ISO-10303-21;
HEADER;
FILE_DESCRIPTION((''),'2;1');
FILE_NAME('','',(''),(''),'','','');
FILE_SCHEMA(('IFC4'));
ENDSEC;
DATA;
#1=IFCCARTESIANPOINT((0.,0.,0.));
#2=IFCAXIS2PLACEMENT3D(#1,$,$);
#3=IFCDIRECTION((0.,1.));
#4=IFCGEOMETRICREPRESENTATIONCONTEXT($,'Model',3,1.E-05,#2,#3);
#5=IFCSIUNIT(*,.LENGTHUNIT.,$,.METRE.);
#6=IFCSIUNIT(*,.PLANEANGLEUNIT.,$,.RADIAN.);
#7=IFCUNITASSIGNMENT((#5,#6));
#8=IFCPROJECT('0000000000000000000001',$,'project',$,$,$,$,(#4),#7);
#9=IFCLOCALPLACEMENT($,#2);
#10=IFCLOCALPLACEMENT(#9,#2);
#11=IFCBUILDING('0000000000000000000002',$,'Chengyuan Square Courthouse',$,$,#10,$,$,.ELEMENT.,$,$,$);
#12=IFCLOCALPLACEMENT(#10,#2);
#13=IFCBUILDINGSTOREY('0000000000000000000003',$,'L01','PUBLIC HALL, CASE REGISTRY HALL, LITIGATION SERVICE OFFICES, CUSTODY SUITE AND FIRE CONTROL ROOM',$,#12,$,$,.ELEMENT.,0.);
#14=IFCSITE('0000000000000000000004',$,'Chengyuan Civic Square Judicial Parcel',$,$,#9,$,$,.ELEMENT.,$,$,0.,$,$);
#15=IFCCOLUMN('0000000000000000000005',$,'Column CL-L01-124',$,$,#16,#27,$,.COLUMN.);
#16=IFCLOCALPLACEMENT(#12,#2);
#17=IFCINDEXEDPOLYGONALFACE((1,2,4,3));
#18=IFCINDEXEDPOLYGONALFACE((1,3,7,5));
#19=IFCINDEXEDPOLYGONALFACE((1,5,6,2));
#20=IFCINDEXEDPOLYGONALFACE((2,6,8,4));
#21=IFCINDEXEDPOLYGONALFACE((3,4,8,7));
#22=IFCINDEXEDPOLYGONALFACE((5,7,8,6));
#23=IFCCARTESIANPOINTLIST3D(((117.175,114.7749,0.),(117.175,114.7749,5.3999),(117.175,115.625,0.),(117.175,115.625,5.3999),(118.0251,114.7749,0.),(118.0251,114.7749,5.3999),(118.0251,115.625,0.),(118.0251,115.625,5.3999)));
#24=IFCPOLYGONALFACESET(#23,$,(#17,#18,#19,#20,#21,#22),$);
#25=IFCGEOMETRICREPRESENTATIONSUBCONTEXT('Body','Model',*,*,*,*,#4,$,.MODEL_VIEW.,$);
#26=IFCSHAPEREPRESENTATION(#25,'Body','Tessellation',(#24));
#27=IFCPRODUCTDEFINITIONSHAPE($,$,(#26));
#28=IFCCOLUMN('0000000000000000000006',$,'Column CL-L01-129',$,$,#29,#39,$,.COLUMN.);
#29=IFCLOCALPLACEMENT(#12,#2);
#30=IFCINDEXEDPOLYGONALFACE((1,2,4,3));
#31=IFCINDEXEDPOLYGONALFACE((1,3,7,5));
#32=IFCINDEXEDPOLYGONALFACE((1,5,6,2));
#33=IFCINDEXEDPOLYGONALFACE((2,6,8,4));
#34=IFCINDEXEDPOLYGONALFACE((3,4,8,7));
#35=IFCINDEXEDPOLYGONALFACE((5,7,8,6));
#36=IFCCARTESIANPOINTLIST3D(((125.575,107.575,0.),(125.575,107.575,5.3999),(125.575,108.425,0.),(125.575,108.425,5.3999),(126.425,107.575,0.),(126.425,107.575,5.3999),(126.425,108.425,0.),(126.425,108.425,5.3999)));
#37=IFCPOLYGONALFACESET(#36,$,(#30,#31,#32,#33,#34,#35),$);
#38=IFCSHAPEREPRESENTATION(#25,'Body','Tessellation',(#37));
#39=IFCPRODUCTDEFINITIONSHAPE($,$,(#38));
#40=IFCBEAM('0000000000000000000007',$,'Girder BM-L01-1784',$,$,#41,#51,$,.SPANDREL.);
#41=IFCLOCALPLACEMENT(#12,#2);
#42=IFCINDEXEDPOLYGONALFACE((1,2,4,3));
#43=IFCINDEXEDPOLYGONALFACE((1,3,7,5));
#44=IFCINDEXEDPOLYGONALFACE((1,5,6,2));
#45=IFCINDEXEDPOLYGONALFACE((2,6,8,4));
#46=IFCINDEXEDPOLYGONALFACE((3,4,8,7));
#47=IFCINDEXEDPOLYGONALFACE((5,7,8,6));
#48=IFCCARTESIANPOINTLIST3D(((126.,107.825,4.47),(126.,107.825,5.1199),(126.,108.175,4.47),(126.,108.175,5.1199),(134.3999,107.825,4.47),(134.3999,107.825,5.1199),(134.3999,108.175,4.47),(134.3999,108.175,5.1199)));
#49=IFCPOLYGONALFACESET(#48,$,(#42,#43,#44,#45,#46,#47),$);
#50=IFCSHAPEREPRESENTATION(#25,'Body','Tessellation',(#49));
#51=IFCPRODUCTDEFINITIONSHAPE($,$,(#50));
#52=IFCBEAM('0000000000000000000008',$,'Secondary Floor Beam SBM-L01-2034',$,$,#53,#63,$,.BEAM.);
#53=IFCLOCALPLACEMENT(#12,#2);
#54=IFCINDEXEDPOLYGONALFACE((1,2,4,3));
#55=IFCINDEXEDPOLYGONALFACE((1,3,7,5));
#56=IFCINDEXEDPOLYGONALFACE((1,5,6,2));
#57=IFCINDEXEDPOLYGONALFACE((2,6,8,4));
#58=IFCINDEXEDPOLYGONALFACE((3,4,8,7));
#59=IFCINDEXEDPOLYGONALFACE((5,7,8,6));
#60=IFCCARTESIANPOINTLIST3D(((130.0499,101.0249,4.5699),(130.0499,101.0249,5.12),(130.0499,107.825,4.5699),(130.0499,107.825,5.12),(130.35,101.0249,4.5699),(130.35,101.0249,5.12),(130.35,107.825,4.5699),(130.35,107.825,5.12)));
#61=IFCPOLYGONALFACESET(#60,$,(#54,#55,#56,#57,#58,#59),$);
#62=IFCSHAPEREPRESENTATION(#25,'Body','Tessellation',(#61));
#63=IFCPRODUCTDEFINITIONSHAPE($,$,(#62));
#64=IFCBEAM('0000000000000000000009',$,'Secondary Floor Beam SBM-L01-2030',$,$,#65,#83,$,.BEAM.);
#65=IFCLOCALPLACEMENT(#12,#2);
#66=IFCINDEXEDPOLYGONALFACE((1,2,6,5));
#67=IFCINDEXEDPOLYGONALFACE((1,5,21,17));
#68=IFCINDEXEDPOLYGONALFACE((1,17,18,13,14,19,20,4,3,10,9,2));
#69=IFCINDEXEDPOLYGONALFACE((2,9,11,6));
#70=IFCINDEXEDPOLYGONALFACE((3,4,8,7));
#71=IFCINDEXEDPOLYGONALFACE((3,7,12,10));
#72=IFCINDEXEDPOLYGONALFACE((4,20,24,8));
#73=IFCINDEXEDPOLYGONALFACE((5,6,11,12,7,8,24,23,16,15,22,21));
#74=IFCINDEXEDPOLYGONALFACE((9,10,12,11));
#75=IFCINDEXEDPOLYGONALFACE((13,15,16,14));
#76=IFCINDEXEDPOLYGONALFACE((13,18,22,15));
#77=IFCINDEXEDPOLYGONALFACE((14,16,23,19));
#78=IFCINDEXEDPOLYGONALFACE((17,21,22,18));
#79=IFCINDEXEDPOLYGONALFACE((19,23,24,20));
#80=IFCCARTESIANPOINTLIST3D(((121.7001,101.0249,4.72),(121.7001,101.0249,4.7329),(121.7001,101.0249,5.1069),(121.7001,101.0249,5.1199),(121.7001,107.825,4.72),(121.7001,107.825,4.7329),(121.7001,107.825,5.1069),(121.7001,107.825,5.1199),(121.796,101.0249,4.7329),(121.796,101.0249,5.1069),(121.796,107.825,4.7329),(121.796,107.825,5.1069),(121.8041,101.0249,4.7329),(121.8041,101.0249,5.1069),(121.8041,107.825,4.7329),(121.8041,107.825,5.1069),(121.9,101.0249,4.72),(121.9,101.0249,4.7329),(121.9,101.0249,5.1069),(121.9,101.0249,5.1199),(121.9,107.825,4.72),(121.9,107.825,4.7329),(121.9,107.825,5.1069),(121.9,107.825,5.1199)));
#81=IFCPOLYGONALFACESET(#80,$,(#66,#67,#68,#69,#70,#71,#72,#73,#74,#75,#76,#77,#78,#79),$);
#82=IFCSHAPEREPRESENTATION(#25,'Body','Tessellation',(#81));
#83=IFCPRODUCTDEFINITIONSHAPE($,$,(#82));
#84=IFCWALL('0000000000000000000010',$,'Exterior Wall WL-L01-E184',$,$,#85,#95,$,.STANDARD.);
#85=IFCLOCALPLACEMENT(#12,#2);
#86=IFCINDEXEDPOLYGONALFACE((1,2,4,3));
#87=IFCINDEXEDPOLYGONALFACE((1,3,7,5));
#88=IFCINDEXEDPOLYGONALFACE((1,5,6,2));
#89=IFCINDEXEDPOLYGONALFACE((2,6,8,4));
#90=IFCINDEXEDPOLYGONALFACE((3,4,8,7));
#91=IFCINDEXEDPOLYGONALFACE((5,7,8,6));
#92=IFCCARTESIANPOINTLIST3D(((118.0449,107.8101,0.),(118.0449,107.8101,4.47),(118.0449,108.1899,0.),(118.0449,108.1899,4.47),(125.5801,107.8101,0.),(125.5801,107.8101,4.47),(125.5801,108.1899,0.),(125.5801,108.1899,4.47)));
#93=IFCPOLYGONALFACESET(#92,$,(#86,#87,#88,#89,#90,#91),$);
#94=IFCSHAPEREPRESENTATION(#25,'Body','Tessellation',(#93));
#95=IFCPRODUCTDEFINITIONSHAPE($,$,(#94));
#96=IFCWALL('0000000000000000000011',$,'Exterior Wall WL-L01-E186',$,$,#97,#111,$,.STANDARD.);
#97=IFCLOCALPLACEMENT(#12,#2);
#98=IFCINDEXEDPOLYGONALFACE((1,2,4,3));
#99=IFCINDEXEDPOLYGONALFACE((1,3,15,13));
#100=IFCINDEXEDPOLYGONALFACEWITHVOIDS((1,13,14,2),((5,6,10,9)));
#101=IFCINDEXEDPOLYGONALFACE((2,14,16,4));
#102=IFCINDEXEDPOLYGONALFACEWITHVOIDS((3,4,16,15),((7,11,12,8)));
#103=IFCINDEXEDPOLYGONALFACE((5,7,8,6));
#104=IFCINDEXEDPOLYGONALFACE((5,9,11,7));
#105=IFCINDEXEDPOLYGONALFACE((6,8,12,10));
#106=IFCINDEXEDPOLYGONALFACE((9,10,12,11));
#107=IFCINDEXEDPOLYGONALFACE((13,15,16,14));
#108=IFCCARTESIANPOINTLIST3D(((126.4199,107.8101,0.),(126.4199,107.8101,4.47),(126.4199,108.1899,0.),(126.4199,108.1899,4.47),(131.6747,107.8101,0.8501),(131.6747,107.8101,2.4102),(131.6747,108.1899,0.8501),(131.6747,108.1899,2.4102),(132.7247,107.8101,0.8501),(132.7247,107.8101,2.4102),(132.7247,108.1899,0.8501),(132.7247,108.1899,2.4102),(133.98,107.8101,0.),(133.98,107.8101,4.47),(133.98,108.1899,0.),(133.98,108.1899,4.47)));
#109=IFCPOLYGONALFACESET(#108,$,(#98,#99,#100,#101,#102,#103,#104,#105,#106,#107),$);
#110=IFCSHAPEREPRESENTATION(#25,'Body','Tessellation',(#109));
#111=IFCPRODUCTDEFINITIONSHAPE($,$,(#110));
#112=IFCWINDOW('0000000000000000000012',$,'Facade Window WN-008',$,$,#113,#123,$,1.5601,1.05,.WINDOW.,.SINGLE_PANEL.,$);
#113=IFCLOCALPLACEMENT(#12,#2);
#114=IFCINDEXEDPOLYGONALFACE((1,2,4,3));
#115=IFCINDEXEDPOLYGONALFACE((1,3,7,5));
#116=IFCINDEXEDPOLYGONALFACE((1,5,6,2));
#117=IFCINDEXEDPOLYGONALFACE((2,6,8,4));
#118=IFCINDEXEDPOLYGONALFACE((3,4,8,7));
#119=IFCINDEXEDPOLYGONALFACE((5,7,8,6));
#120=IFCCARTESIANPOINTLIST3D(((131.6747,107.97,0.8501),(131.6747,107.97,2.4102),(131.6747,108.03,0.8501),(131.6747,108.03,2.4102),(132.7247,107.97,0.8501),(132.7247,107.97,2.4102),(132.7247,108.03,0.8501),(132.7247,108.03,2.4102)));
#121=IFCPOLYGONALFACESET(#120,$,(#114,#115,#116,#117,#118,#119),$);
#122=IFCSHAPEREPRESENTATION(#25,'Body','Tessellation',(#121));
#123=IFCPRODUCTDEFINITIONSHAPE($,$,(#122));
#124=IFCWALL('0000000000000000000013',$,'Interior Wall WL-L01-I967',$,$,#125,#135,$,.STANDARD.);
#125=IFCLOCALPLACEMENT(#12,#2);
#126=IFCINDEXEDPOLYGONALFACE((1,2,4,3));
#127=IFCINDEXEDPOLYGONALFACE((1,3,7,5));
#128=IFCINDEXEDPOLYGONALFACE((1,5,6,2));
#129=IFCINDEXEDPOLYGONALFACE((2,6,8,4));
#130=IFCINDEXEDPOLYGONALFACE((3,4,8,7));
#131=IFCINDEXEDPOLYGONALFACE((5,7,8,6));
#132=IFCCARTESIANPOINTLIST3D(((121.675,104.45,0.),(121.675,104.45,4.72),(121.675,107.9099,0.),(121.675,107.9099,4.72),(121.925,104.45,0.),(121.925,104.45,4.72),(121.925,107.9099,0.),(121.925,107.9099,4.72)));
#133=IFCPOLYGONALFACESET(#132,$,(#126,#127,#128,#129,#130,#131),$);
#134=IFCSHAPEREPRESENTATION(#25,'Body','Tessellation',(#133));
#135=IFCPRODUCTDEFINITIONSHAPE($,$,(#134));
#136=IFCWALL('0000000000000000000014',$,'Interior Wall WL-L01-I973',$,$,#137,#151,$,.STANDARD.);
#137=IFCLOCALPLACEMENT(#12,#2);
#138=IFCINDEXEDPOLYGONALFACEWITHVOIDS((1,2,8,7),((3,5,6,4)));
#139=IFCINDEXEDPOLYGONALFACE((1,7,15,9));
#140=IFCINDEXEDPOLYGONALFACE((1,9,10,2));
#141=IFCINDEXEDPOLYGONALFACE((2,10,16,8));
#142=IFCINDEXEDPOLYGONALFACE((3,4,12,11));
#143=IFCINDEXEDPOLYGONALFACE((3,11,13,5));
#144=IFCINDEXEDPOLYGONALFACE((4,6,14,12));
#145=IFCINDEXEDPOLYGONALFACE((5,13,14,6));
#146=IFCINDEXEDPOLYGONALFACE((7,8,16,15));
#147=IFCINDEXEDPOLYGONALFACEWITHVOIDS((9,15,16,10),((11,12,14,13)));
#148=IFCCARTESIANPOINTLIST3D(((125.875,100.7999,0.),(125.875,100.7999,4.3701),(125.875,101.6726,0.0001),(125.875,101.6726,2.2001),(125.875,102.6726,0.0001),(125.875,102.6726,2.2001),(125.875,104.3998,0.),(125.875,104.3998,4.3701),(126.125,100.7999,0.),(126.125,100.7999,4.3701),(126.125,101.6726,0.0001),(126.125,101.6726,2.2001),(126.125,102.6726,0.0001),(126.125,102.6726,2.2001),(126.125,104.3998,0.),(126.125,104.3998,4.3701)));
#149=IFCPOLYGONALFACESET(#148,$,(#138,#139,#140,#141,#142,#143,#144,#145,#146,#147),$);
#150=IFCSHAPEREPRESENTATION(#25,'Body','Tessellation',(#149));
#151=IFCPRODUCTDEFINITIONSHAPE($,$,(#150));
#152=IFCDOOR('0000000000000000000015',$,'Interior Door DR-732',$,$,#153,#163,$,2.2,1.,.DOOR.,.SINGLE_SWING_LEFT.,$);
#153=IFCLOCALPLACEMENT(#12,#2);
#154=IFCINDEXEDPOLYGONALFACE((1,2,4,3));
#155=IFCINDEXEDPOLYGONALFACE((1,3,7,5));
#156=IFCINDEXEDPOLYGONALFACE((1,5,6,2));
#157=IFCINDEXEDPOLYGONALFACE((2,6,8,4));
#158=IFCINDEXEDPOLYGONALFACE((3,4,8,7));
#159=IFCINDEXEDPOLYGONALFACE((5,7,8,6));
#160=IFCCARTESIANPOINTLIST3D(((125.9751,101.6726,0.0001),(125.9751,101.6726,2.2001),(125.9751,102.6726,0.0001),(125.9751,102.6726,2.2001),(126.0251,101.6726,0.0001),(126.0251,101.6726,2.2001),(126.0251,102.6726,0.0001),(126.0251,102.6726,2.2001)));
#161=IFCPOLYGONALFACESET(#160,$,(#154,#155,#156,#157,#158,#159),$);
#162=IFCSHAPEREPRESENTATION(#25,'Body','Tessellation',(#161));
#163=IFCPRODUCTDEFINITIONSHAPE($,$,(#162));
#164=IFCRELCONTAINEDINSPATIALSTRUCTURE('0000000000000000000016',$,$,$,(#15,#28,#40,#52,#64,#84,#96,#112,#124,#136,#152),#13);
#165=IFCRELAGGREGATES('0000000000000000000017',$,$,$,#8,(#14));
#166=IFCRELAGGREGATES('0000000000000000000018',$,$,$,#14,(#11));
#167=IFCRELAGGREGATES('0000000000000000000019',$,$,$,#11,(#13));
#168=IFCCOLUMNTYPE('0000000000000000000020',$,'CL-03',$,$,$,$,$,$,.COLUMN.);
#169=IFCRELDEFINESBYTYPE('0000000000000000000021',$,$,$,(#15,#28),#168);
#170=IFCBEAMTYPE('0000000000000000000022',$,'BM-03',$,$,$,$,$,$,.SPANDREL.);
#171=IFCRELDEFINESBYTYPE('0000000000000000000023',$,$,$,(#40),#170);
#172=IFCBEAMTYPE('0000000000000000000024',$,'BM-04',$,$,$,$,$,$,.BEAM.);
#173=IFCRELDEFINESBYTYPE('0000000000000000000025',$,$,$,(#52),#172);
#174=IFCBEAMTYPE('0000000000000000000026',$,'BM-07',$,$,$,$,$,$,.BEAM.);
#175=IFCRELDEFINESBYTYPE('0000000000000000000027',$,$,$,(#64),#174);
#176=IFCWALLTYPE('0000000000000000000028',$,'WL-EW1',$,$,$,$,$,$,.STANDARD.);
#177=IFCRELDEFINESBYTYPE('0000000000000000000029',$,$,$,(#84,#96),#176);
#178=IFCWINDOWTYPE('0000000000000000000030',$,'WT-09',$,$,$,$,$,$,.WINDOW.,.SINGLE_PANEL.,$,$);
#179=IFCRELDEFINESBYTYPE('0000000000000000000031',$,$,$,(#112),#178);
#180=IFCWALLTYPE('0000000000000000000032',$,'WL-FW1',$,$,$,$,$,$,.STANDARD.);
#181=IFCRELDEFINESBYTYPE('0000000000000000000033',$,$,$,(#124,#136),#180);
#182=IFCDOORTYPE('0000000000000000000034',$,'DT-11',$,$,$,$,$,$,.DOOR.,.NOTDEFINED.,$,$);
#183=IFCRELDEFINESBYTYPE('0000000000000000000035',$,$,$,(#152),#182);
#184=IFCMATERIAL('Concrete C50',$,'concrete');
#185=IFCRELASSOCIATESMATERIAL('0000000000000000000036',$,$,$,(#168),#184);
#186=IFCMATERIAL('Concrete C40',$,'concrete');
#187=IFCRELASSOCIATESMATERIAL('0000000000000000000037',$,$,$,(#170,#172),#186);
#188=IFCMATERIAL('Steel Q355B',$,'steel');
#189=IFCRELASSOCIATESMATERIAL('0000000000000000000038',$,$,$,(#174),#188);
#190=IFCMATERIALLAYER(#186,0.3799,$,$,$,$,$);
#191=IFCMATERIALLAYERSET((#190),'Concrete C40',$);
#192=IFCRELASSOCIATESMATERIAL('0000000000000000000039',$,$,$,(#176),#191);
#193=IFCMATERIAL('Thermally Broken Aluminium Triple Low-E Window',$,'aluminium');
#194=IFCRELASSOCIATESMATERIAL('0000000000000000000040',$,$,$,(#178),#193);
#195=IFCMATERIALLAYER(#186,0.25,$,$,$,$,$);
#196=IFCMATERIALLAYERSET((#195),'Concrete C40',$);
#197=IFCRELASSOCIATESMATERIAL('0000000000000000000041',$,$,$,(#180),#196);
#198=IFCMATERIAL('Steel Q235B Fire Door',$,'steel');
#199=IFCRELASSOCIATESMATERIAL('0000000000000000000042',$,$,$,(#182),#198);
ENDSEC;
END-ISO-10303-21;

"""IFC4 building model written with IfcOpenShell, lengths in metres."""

from ifc_helpers import new_model, si_unit, direction, frame, frame_2d, origin, origin_2d, place, context, subcontext, project, spatial, rectangle, i_section, extrude, material, layer, layer_set, material_profile, profile_set, type_object, element, fill, save


model = new_model("IFC4")

# Units and contexts
model_context = context("Model", 3, precision=1e-05, world=origin(), true_north=direction((0.0, 1.0)))
body_context = subcontext(model_context, "Body", "Model", "MODEL_VIEW")
ifc_project = project(units=[si_unit("LENGTHUNIT", "METRE"), si_unit("PLANEANGLEUNIT", "RADIAN")], contexts=[model_context])

# Site, building, storey
site_placement = place(None, origin())
site = spatial("IfcSite", under=ifc_project, at=site_placement, Name="Chengyuan Civic Square Judicial Parcel", CompositionType="ELEMENT", RefElevation=0.0)
building_placement = place(site_placement, origin())
building = spatial("IfcBuilding", under=site, at=building_placement, Name="Chengyuan Square Courthouse", CompositionType="ELEMENT")
storey_placement = place(building_placement, origin())
storey = spatial("IfcBuildingStorey", under=building, at=storey_placement, Name="L01", Description="PUBLIC HALL, CASE REGISTRY HALL, LITIGATION SERVICE OFFICES, CUSTODY SUITE AND FIRE CONTROL ROOM", CompositionType="ELEMENT", Elevation=0.0)

# Columns
ifc_material_1 = material(Name="Concrete C50", Category="concrete")
ifc_material_profile_1 = material_profile(ifc_material_1, rectangle(XDim=0.8501, YDim=0.8501, at=origin_2d()), Name="RC-COL-850x850")
ifc_profile_set_1 = profile_set([ifc_material_profile_1], Name="Concrete C50")
column_type = type_object("IfcColumnType", Name="CL-03", PredefinedType="COLUMN", material=ifc_profile_set_1)
for number, where, z_axis, x_axis, name in (
    (1, (117.6001, 115.2, 0.0), (0.0, 0.0, 1.0), (1.0, 0.0, 0.0), "Column CL-L01-124"),
    (2, (126.0, 108.0, 0.0), (0.0, 0.0, 1.0), (1.0, 0.0, 0.0), "Column CL-L01-129"),
):
    element("IfcColumn", number, at=place(storey_placement, frame(where, z_axis=z_axis, x_axis=x_axis)), inside=storey, type_object=column_type, Name=name, PredefinedType="COLUMN", context=body_context, shape_type="SweptSolid", body=[
        extrude(rectangle(XDim=0.8501, YDim=0.8501, at=origin_2d()), origin(), (0.0, 0.0, 1.0), 5.3999),
    ])

# Beams
ifc_material_2 = material(Name="Concrete C40", Category="concrete")
ifc_material_profile_2 = material_profile(ifc_material_2, rectangle(XDim=0.3501, YDim=0.6499, at=origin_2d()), Name="RC-BM-350x650")
ifc_profile_set_2 = profile_set([ifc_material_profile_2], Name="Concrete C40")
beam_type_1 = type_object("IfcBeamType", Name="BM-03", PredefinedType="SPANDREL", material=ifc_profile_set_2)
beam_1_placement = place(storey_placement, frame((126.0, 108.0, 4.7949), z_axis=(1.0, 0.0, 0.0), x_axis=(0.0, 1.0, 0.0)))
element("IfcBeam", 3, at=beam_1_placement, inside=storey, type_object=beam_type_1, Name="Girder BM-L01-1784", PredefinedType="SPANDREL", context=body_context, shape_type="SweptSolid", body=[
    extrude(rectangle(XDim=0.3501, YDim=0.6499, at=origin_2d()), origin(), (0.0, 0.0, 1.0), 8.3999),
])
ifc_material_profile_3 = material_profile(ifc_material_2, rectangle(XDim=0.3, YDim=0.55, at=origin_2d()), Name="RC-BM-300x550")
ifc_profile_set_3 = profile_set([ifc_material_profile_3], Name="Concrete C40")
beam_type_2 = type_object("IfcBeamType", Name="BM-04", PredefinedType="BEAM", material=ifc_profile_set_3)
beam_2_placement = place(storey_placement, frame((130.2, 101.0249, 4.845), z_axis=(0.0, 1.0, 0.0), x_axis=(-1.0, 0.0, 0.0)))
element("IfcBeam", 4, at=beam_2_placement, inside=storey, type_object=beam_type_2, Name="Secondary Floor Beam SBM-L01-2034", PredefinedType="BEAM", context=body_context, shape_type="SweptSolid", body=[
    extrude(rectangle(XDim=0.3, YDim=0.55, at=origin_2d()), origin(), (0.0, 0.0, 1.0), 6.8),
])
ifc_material_3 = material(Name="Steel Q355B", Category="steel")
ifc_material_profile_4 = material_profile(ifc_material_3, i_section(OverallWidth=0.2, OverallDepth=0.3999, WebThickness=0.0081, FlangeThickness=0.0129, at=origin_2d()), Name="HN 400x200x8x13")
ifc_profile_set_4 = profile_set([ifc_material_profile_4], Name="Steel Q355B")
beam_type_3 = type_object("IfcBeamType", Name="BM-07", PredefinedType="BEAM", material=ifc_profile_set_4)
beam_3_placement = place(storey_placement, frame((121.8, 101.0249, 4.9199), z_axis=(0.0, 1.0, 0.0), x_axis=(-1.0, 0.0, 0.0)))
element("IfcBeam", 5, at=beam_3_placement, inside=storey, type_object=beam_type_3, Name="Secondary Floor Beam SBM-L01-2030", PredefinedType="BEAM", context=body_context, shape_type="SweptSolid", body=[
    extrude(i_section(OverallWidth=0.2, OverallDepth=0.3999, WebThickness=0.0081, FlangeThickness=0.0129, at=origin_2d()), origin(), (0.0, 0.0, 1.0), 6.8),
])

# Wall
ifc_layer_1 = layer(ifc_material_2, 0.3799)
ifc_layer_set_1 = layer_set([ifc_layer_1], Name="Concrete C40")
wall_type_1 = type_object("IfcWallType", Name="WL-EW1", PredefinedType="STANDARD", material=ifc_layer_set_1)
wall_1_placement = place(storey_placement, frame((118.0449, 108.0, 0.0), z_axis=(0.0, 0.0, 1.0), x_axis=(1.0, 0.0, 0.0)))
element("IfcWall", 6, at=wall_1_placement, inside=storey, type_object=wall_type_1, Name="Exterior Wall WL-L01-E184", PredefinedType="STANDARD", context=body_context, shape_type="SweptSolid", body=[
    extrude(rectangle(XDim=7.5352, YDim=0.3799, at=frame_2d((3.7676, 0.0))), origin(), (0.0, 0.0, 1.0), 4.47),
])

# Wall, opening, window
wall_2_placement = place(storey_placement, frame((126.4199, 108.0, 0.0), z_axis=(0.0, 0.0, 1.0), x_axis=(1.0, 0.0, 0.0)))
wall_2 = element("IfcWall", 7, at=wall_2_placement, inside=storey, type_object=wall_type_1, Name="Exterior Wall WL-L01-E186", PredefinedType="STANDARD", context=body_context, shape_type="SweptSolid", body=[
    extrude(rectangle(XDim=7.5601, YDim=0.3799, at=frame_2d((3.78, 0.0))), origin(), (0.0, 0.0, 1.0), 4.47),
])
opening_1_placement = place(wall_2_placement, frame((5.2549, 0.0, 0.8501)))
opening_1 = element("IfcOpeningElement", 8, at=opening_1_placement, cuts=wall_2, PredefinedType="OPENING", context=body_context, shape_type="SweptSolid", body=[
    extrude(rectangle(XDim=1.05, YDim=1.5601, at=frame_2d((0.5249, 0.78))), frame((0.0, 0.2019, 0.0), z_axis=(0.0, -1.0, 0.0), x_axis=(1.0, 0.0, 0.0)), (0.0, 0.0, 1.0), 0.4038),
])
ifc_material_4 = material(Name="Thermally Broken Aluminium Triple Low-E Window", Category="aluminium")
window_type = type_object("IfcWindowType", Name="WT-09", PartitioningType="SINGLE_PANEL", PredefinedType="WINDOW", material=ifc_material_4)
window_placement = place(opening_1_placement, origin())
window = element("IfcWindow", 9, at=window_placement, inside=storey, type_object=window_type, Name="Facade Window WN-008", OverallHeight=1.5601, OverallWidth=1.05, PartitioningType="SINGLE_PANEL", PredefinedType="WINDOW", context=body_context, shape_type="SweptSolid", body=[
    extrude(rectangle(XDim=1.05, YDim=1.5601, at=frame_2d((0.5249, 0.78))), frame((0.0, 0.03, 0.0), z_axis=(0.0, -1.0, 0.0), x_axis=(1.0, 0.0, 0.0)), (0.0, 0.0, 1.0), 0.0601),
])
fill(opening_1, window)

# Wall
ifc_layer_2 = layer(ifc_material_2, 0.25)
ifc_layer_set_2 = layer_set([ifc_layer_2], Name="Concrete C40")
wall_type_2 = type_object("IfcWallType", Name="WL-FW1", PredefinedType="STANDARD", material=ifc_layer_set_2)
wall_3_placement = place(storey_placement, frame((121.8, 104.45, 0.0), z_axis=(0.0, 0.0, 1.0), x_axis=(0.0, 1.0, 0.0)))
element("IfcWall", 10, at=wall_3_placement, inside=storey, type_object=wall_type_2, Name="Interior Wall WL-L01-I967", PredefinedType="STANDARD", context=body_context, shape_type="SweptSolid", body=[
    extrude(rectangle(XDim=3.46, YDim=0.25, at=frame_2d((1.73, 0.0))), origin(), (0.0, 0.0, 1.0), 4.72),
])

# Wall, opening, door
wall_4_placement = place(storey_placement, frame((126.0, 100.8, 0.0), z_axis=(0.0, 0.0, 1.0), x_axis=(0.0, 1.0, 0.0)))
wall_4 = element("IfcWall", 11, at=wall_4_placement, inside=storey, type_object=wall_type_2, Name="Interior Wall WL-L01-I973", PredefinedType="STANDARD", context=body_context, shape_type="SweptSolid", body=[
    extrude(rectangle(XDim=3.5999, YDim=0.25, at=frame_2d((1.7998, 0.0))), origin(), (0.0, 0.0, 1.0), 4.3701),
])
opening_2_placement = place(wall_4_placement, frame((0.8726, 0.0, 0.0)))
opening_2 = element("IfcOpeningElement", 12, at=opening_2_placement, cuts=wall_4, PredefinedType="OPENING", context=body_context, shape_type="SweptSolid", body=[
    extrude(rectangle(XDim=1.0, YDim=2.2, at=frame_2d((0.5, 1.1001))), frame((0.0, 0.137, 0.0), z_axis=(0.0, -1.0, 0.0), x_axis=(1.0, 0.0, 0.0)), (0.0, 0.0, 1.0), 0.2739),
])
ifc_material_5 = material(Name="Steel Q235B Fire Door", Category="steel")
door_type_1 = type_object("IfcDoorType", Name="DT-11", OperationType="NOTDEFINED", PredefinedType="DOOR", material=ifc_material_5)
door_1_placement = place(opening_2_placement, origin())
door_1 = element("IfcDoor", 13, at=door_1_placement, inside=storey, type_object=door_type_1, Name="Interior Door DR-732", OperationType="SINGLE_SWING_LEFT", OverallHeight=2.2, OverallWidth=1.0, PredefinedType="DOOR", context=body_context, shape_type="SweptSolid", body=[
    extrude(rectangle(XDim=1.0, YDim=2.2, at=frame_2d((0.5, 1.1001))), frame((0.0, 0.0249, 0.0), z_axis=(0.0, -1.0, 0.0), x_axis=(1.0, 0.0, 0.0)), (0.0, 0.0, 1.0), 0.05),
])
fill(opening_2, door_1)

save(model, "model.ifc")
